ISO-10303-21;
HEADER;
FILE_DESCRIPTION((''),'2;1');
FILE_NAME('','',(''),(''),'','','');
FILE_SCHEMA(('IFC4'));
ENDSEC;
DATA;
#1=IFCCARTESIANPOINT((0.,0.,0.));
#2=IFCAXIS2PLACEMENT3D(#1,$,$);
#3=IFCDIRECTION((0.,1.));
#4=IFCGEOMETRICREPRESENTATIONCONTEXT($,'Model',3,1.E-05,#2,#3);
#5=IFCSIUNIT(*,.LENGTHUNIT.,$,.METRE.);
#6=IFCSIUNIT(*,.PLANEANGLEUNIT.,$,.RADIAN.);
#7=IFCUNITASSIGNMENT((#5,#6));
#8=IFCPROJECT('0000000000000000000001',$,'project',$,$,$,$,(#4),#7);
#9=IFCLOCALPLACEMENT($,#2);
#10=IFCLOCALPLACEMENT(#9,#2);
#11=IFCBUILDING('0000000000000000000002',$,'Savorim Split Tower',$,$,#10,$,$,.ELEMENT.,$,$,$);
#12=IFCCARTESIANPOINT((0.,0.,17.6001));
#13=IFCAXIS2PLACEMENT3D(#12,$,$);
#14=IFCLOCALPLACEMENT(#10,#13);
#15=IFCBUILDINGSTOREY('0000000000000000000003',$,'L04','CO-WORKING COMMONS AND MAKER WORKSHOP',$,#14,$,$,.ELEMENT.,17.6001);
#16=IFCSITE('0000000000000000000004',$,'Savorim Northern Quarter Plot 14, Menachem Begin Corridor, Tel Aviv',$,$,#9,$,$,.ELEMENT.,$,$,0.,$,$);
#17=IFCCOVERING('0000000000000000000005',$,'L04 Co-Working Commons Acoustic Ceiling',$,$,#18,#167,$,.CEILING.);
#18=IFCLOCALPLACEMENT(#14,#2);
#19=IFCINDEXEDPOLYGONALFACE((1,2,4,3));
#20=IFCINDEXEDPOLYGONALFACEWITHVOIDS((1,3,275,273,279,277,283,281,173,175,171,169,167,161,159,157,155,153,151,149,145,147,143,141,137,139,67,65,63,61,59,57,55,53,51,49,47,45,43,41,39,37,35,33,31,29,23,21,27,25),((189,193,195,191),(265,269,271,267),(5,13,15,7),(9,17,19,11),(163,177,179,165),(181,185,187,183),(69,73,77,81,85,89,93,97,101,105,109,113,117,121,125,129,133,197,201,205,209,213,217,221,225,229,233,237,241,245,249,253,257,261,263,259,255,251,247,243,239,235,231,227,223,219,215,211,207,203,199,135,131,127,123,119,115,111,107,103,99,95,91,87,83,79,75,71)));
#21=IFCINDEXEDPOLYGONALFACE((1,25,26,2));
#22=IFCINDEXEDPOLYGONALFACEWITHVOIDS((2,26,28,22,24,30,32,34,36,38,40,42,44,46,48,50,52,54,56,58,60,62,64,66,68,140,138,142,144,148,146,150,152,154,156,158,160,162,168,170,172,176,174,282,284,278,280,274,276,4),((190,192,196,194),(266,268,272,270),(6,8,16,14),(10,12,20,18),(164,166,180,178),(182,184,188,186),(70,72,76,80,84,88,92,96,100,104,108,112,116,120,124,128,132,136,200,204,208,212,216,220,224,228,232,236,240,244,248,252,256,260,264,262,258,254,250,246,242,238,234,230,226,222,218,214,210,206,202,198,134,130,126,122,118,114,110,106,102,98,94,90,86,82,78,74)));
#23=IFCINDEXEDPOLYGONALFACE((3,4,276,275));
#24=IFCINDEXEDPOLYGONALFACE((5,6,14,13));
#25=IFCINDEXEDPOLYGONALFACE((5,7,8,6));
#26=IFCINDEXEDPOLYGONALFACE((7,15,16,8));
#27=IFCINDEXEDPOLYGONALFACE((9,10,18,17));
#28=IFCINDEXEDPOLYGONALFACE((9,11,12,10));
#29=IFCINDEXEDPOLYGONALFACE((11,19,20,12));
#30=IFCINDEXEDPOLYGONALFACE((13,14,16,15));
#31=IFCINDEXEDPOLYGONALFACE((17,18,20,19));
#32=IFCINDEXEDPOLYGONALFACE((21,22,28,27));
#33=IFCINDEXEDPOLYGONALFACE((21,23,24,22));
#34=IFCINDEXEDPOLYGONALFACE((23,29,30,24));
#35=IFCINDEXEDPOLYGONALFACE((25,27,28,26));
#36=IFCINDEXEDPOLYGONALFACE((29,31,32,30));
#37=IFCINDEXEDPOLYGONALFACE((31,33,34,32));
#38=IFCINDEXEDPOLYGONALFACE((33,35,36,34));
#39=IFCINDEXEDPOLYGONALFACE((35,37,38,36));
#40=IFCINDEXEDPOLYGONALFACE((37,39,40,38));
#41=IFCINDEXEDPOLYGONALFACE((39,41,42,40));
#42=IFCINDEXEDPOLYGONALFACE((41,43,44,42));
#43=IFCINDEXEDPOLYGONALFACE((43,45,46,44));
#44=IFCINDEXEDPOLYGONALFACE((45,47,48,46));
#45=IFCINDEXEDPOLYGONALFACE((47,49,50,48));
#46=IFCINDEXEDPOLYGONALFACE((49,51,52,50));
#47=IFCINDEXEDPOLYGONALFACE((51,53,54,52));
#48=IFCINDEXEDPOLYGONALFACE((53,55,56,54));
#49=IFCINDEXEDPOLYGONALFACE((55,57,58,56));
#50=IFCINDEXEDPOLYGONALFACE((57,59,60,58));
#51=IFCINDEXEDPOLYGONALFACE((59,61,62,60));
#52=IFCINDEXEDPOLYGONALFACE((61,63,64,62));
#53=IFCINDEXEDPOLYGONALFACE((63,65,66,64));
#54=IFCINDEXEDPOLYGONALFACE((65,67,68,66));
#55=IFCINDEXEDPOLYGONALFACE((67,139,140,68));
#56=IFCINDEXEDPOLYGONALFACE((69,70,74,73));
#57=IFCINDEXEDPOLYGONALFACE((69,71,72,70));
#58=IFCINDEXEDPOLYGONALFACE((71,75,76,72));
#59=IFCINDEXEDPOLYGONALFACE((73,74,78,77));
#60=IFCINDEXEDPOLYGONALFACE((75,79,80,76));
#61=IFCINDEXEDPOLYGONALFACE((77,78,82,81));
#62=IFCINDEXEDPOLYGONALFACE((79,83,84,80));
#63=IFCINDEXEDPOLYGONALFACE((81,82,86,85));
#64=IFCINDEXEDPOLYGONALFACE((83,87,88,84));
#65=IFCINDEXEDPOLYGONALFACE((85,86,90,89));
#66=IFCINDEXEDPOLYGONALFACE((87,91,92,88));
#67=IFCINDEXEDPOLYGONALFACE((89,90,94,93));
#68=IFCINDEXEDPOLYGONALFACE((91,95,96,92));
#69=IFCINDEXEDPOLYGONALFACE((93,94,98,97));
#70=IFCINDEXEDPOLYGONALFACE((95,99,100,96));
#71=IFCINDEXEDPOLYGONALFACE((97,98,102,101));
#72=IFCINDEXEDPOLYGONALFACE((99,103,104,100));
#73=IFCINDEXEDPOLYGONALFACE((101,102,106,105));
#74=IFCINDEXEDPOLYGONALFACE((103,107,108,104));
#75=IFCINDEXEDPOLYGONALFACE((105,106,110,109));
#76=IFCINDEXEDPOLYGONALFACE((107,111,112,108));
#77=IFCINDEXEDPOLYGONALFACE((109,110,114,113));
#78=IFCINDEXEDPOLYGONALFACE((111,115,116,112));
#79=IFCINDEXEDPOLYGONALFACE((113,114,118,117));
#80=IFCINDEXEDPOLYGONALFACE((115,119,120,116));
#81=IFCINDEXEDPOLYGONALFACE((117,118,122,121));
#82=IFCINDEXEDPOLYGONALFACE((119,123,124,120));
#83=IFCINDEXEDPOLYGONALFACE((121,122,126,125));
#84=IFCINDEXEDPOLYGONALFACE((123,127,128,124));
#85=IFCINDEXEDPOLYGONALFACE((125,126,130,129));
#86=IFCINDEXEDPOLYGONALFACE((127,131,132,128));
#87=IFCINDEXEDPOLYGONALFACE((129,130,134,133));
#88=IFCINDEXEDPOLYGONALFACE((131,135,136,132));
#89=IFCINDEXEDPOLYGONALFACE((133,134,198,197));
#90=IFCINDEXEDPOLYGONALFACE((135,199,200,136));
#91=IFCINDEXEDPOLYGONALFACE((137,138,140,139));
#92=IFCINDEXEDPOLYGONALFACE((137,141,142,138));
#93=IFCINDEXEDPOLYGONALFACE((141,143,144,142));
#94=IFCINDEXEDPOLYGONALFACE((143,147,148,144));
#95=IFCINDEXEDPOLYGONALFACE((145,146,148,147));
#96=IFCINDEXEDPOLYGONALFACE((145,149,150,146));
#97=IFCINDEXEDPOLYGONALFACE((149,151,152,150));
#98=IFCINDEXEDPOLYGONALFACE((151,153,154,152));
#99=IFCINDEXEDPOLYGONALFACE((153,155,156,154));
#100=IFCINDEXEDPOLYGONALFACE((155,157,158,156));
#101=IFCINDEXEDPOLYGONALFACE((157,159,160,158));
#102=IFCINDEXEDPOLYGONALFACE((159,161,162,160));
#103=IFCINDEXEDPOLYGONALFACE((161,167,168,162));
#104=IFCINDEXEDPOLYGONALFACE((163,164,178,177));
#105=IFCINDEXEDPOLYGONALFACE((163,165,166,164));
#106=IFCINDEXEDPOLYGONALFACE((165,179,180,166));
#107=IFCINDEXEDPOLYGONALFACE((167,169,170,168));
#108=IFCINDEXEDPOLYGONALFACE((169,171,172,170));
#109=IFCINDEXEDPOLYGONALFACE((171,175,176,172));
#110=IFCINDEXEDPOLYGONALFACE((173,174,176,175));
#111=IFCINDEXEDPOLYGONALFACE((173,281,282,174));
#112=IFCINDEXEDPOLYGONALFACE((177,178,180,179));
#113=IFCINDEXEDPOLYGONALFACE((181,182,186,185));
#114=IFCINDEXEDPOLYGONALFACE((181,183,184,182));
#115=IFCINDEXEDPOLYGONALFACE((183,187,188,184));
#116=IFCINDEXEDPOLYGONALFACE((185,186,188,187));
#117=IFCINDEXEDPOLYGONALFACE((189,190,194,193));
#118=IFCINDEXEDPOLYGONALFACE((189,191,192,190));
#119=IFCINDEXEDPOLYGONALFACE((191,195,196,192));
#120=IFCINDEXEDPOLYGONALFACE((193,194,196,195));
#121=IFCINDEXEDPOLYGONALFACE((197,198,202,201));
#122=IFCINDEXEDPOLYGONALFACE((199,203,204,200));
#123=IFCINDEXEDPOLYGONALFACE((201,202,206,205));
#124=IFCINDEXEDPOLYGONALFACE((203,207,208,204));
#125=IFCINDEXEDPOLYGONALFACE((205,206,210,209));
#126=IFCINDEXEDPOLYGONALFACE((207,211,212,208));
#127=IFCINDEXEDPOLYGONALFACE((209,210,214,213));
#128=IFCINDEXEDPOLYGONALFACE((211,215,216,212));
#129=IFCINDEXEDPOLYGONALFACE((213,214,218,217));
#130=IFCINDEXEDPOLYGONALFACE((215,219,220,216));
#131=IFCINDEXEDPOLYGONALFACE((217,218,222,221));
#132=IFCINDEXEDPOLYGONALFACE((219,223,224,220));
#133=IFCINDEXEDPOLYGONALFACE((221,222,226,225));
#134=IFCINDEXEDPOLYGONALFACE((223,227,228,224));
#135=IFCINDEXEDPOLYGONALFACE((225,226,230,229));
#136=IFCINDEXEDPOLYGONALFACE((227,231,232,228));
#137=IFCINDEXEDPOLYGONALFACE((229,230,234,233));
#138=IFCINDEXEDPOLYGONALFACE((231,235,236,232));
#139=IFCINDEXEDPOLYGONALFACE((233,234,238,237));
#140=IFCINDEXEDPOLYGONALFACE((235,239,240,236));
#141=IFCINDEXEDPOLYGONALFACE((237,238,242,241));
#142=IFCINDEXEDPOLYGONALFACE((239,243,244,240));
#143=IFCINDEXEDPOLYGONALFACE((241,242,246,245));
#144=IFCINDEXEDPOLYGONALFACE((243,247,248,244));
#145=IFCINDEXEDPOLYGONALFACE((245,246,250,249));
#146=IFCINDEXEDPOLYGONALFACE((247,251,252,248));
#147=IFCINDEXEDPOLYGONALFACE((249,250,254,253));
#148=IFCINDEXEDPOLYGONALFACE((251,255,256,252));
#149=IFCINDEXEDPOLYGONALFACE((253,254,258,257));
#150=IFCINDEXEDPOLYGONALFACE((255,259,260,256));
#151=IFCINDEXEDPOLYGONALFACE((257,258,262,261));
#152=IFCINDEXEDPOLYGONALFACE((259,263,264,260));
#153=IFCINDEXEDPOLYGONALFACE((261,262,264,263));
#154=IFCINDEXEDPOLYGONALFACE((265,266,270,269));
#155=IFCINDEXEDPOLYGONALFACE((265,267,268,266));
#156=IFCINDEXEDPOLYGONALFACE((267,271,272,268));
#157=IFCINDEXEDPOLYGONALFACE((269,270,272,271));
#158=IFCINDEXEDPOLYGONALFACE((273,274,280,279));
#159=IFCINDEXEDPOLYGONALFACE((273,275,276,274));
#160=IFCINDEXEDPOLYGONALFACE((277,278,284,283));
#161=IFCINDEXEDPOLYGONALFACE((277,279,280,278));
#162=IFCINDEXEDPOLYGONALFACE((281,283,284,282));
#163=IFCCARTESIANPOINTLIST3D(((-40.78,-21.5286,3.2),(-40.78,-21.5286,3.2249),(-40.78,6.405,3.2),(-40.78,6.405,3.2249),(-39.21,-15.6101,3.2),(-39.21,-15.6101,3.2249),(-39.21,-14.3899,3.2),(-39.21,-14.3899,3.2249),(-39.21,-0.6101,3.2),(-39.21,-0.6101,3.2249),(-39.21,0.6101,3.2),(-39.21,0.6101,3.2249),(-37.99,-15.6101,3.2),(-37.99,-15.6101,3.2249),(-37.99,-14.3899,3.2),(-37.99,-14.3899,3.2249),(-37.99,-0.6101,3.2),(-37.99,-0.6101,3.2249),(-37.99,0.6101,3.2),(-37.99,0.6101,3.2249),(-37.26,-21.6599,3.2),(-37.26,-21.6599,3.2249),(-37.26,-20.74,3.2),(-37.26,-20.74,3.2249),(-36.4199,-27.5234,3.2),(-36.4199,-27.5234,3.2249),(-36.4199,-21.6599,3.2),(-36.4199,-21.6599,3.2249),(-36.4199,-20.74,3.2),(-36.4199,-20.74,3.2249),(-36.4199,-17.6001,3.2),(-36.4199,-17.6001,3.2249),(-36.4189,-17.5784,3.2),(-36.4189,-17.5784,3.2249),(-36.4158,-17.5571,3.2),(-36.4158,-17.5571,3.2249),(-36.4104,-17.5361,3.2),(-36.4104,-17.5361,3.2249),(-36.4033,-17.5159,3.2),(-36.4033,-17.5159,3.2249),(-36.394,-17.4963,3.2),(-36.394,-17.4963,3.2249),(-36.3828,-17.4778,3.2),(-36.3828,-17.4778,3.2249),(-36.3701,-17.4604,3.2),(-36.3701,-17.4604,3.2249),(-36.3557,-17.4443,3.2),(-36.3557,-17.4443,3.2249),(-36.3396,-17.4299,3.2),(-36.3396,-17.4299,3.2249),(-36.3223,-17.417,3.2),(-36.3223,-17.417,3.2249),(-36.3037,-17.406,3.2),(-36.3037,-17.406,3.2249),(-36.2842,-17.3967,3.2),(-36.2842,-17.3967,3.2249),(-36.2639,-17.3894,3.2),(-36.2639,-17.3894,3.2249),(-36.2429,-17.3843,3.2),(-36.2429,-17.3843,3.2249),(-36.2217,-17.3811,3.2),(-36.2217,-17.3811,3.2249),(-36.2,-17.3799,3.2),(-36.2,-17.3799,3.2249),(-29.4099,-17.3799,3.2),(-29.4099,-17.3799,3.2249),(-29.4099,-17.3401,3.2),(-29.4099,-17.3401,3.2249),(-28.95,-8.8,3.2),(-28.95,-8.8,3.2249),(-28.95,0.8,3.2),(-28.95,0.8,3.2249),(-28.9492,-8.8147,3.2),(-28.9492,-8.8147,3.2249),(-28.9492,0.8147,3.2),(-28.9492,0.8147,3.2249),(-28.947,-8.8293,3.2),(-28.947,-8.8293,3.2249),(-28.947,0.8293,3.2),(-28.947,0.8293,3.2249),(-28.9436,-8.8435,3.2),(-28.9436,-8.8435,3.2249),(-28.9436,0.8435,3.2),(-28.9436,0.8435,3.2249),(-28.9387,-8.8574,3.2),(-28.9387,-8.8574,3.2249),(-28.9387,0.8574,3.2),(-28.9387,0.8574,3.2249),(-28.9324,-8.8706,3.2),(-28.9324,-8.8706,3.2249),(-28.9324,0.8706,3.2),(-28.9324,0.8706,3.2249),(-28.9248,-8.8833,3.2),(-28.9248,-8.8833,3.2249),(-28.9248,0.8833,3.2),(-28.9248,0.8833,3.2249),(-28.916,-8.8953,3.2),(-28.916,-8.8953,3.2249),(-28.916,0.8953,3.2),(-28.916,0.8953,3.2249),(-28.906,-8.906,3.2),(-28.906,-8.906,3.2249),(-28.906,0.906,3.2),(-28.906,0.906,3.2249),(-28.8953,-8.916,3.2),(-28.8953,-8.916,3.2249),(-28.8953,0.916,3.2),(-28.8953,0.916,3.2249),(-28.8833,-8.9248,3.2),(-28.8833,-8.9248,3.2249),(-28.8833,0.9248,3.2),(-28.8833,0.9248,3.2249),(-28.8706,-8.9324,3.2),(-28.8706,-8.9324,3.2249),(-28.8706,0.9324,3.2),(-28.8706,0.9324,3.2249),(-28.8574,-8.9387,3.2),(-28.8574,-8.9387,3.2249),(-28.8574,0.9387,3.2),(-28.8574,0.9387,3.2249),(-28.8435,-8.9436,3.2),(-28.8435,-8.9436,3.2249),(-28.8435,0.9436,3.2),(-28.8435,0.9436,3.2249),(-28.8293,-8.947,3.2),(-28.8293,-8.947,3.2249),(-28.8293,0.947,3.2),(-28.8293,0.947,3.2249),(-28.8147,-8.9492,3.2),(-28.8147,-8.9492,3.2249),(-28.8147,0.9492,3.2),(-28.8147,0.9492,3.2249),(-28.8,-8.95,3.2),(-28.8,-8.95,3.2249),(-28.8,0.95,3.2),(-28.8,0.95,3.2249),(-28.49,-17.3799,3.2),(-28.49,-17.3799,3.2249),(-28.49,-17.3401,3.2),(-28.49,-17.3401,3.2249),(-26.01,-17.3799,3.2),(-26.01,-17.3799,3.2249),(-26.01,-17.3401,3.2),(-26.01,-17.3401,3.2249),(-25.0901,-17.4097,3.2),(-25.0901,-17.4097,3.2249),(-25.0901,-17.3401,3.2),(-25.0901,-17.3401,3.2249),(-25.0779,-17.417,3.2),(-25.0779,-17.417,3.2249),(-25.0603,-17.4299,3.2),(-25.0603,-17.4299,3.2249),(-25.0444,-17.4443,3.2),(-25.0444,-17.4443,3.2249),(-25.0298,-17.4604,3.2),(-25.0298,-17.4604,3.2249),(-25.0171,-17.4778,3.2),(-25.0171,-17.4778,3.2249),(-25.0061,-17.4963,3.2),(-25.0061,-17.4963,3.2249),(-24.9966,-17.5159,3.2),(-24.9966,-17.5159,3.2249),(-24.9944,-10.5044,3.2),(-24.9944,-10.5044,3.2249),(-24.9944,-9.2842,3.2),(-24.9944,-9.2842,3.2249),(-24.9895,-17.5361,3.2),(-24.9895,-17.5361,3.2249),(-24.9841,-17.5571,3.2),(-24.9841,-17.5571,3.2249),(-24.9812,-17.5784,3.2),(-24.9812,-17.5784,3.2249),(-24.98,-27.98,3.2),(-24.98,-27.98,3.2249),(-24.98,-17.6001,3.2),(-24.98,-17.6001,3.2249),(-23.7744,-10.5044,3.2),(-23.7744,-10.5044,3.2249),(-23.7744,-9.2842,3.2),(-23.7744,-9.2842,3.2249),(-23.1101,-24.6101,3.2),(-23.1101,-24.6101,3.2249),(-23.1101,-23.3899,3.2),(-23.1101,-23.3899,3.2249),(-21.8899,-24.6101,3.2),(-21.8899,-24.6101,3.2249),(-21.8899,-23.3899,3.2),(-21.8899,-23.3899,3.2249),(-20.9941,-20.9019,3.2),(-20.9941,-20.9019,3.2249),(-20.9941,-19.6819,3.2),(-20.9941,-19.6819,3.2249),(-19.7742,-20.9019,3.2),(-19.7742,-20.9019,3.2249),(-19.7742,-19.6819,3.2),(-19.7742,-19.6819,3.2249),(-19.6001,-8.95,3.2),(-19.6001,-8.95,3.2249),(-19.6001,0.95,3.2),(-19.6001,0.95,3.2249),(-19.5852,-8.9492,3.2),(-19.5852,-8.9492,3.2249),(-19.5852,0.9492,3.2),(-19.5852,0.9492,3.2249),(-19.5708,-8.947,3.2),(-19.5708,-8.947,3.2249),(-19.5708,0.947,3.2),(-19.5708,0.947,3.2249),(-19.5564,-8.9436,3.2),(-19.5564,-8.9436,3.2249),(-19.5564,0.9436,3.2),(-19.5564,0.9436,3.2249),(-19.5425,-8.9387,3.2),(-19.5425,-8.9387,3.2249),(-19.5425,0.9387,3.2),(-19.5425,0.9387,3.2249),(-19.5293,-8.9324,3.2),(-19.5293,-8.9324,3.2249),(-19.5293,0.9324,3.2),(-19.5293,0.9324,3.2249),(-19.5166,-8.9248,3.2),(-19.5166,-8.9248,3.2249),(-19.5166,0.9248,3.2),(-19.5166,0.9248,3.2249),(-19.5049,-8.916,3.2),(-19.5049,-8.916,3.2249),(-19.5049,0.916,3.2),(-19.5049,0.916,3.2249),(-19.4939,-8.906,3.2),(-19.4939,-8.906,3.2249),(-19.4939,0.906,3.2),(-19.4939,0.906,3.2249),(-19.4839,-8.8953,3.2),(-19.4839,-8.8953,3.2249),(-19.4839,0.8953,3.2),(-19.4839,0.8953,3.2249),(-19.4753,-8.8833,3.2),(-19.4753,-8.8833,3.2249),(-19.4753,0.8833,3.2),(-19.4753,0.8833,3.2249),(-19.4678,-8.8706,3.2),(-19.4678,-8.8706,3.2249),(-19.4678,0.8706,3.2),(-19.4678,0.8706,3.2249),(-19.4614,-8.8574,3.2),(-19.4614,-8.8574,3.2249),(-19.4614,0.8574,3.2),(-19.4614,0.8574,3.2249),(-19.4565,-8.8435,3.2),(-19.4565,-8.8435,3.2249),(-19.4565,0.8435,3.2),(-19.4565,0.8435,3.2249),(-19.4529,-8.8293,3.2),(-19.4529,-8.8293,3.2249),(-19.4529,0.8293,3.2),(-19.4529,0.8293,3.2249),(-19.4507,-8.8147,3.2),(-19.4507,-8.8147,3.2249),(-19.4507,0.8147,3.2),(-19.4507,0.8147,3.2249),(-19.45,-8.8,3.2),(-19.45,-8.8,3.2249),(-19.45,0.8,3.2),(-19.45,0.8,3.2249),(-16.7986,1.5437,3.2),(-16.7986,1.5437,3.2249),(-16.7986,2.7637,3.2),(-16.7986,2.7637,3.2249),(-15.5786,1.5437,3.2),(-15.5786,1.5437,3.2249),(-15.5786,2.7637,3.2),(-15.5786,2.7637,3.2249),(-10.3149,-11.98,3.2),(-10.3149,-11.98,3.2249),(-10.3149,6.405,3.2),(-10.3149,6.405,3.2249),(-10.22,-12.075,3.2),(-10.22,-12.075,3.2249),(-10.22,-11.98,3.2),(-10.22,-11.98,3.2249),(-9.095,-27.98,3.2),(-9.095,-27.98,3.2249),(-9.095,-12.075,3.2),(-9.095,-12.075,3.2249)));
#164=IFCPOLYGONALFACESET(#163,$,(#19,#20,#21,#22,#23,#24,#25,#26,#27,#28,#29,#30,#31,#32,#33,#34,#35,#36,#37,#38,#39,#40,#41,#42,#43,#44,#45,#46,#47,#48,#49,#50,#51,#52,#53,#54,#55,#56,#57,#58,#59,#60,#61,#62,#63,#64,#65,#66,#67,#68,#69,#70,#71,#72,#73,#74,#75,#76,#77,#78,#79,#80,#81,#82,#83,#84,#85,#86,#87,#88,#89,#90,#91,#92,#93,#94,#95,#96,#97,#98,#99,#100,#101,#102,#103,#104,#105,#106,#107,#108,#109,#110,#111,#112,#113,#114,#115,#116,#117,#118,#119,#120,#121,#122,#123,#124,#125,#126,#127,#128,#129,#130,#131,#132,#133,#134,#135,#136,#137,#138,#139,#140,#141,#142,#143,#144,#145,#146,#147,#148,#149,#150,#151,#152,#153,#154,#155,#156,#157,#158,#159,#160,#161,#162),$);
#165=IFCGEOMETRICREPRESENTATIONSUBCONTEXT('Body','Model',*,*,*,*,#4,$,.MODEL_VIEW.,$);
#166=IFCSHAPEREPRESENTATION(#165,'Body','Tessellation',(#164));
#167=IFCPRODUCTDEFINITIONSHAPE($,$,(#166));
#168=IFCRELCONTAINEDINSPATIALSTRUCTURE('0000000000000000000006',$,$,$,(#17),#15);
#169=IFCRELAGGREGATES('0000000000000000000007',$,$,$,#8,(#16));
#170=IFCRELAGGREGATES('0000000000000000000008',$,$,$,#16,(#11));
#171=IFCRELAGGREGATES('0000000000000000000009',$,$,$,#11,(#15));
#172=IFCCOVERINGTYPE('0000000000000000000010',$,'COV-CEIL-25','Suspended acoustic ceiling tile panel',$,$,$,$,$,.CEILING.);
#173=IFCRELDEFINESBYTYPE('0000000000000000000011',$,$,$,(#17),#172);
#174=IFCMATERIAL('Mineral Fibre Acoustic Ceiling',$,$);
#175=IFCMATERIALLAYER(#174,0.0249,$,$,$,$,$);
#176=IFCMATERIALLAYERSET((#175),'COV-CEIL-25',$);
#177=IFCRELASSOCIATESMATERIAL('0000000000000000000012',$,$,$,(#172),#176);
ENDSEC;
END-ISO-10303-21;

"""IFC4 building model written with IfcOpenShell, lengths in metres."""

from ifc_helpers import new_model, si_unit, direction, frame, origin, place, context, subcontext, project, spatial, polyline, outline, extrude, material, layer, layer_set, type_object, element, save


model = new_model("IFC4")

# Units and contexts
model_context = context("Model", 3, precision=1e-05, world=origin(), true_north=direction((0.0, 1.0)))
body_context = subcontext(model_context, "Body", "Model", "MODEL_VIEW")
ifc_project = project(units=[si_unit("LENGTHUNIT", "METRE"), si_unit("PLANEANGLEUNIT", "RADIAN")], contexts=[model_context])

# Site, building, storey
site_placement = place(None, origin())
site = spatial("IfcSite", under=ifc_project, at=site_placement, Name="Savorim Northern Quarter Plot 14, Menachem Begin Corridor, Tel Aviv", CompositionType="ELEMENT", RefElevation=0.0)
building_placement = place(site_placement, origin())
building = spatial("IfcBuilding", under=site, at=building_placement, Name="Savorim Split Tower", CompositionType="ELEMENT")
storey_placement = place(building_placement, frame((0.0, 0.0, 17.6001)))
storey = spatial("IfcBuildingStorey", under=building, at=storey_placement, Name="L04", Description="CO-WORKING COMMONS AND MAKER WORKSHOP", CompositionType="ELEMENT", Elevation=17.6001)

# Covering
ifc_material_1 = material(Name="Mineral Fibre Acoustic Ceiling")
ifc_layer_1 = layer(ifc_material_1, 0.0249)
ifc_layer_set_1 = layer_set([ifc_layer_1], Name="COV-CEIL-25")
covering_type_1 = type_object("IfcCoveringType", Name="COV-CEIL-25", Description="Suspended acoustic ceiling tile panel", PredefinedType="CEILING", material=ifc_layer_set_1)
covering_1_placement = place(storey_placement, frame((0.0, 0.0, 3.2)))
element("IfcCovering", 1, at=covering_1_placement, inside=storey, type_object=covering_type_1, Name="L04 Co-Working Commons Acoustic Ceiling", PredefinedType="CEILING", context=body_context, shape_type="SweptSolid", body=[
    extrude(outline(polyline([(-10.3149, 6.405), (-40.78, 6.405), (-40.78, -21.5286), (-36.4199, -27.5234), (-36.4199, -21.6599), (-37.26, -21.6599), (-37.26, -20.74), (-36.4199, -20.74), (-36.4199, -17.6001), (-36.4189, -17.5784), (-36.4158, -17.5571), (-36.4104, -17.5361), (-36.4033, -17.5159), (-36.394, -17.4963), (-36.3828, -17.4778), (-36.3701, -17.4604), (-36.3557, -17.4443), (-36.3396, -17.4299), (-36.3223, -17.417), (-36.3037, -17.406), (-36.2842, -17.3967), (-36.2639, -17.3894), (-36.2429, -17.3843), (-36.2217, -17.3811), (-36.2, -17.3799), (-29.4099, -17.3799), (-29.4099, -17.3401), (-28.49, -17.3401), (-28.49, -17.3799), (-26.01, -17.3799), (-26.01, -17.3401), (-25.0901, -17.3401), (-25.0901, -17.4097), (-25.0779, -17.417), (-25.0603, -17.4299), (-25.0444, -17.4443), (-25.0298, -17.4604), (-25.0171, -17.4778), (-25.0061, -17.4963), (-24.9966, -17.5159), (-24.9895, -17.5361), (-24.9841, -17.5571), (-24.9812, -17.5784), (-24.98, -17.6001), (-24.98, -27.98), (-9.095, -27.98), (-9.095, -12.075), (-10.22, -12.075), (-10.22, -11.98), (-10.3149, -11.98), (-10.3149, 6.405)]), holes=[polyline([(-28.947, -8.8293), (-28.9436, -8.8435), (-28.9387, -8.8574), (-28.9324, -8.8706), (-28.9248, -8.8833), (-28.916, -8.8953), (-28.906, -8.906), (-28.8953, -8.916), (-28.8833, -8.9248), (-28.8706, -8.9324), (-28.8574, -8.9387), (-28.8435, -8.9436), (-28.8293, -8.947), (-28.8147, -8.9492), (-28.8, -8.95), (-19.6001, -8.95), (-19.5852, -8.9492), (-19.5708, -8.947), (-19.5564, -8.9436), (-19.5425, -8.9387), (-19.5293, -8.9324), (-19.5166, -8.9248), (-19.5049, -8.916), (-19.4939, -8.906), (-19.4839, -8.8953), (-19.4753, -8.8833), (-19.4678, -8.8706), (-19.4614, -8.8574), (-19.4565, -8.8435), (-19.4529, -8.8293), (-19.4507, -8.8147), (-19.45, -8.8), (-19.45, 0.8), (-19.4507, 0.8147), (-19.4529, 0.8293), (-19.4565, 0.8435), (-19.4614, 0.8574), (-19.4678, 0.8706), (-19.4753, 0.8833), (-19.4839, 0.8953), (-19.4939, 0.906), (-19.5049, 0.916), (-19.5166, 0.9248), (-19.5293, 0.9324), (-19.5425, 0.9387), (-19.5564, 0.9436), (-19.5708, 0.947), (-19.5852, 0.9492), (-19.6001, 0.95), (-28.8, 0.95), (-28.8147, 0.9492), (-28.8293, 0.947), (-28.8435, 0.9436), (-28.8574, 0.9387), (-28.8706, 0.9324), (-28.8833, 0.9248), (-28.8953, 0.916), (-28.906, 0.906), (-28.916, 0.8953), (-28.9248, 0.8833), (-28.9324, 0.8706), (-28.9387, 0.8574), (-28.9436, 0.8435), (-28.947, 0.8293), (-28.9492, 0.8147), (-28.95, 0.8), (-28.95, -8.8), (-28.9492, -8.8147), (-28.947, -8.8293)]), polyline([(-37.99, 0.6101), (-39.21, 0.6101), (-39.21, -0.6101), (-37.99, -0.6101), (-37.99, 0.6101)]), polyline([(-39.21, -14.3899), (-39.21, -15.6101), (-37.99, -15.6101), (-37.99, -14.3899), (-39.21, -14.3899)]), polyline([(-23.1101, -24.6101), (-21.8899, -24.6101), (-21.8899, -23.3899), (-23.1101, -23.3899), (-23.1101, -24.6101)]), polyline([(-19.7742, -20.9019), (-19.7742, -19.6819), (-20.9941, -19.6819), (-20.9941, -20.9019), (-19.7742, -20.9019)]), polyline([(-15.5786, 1.5437), (-15.5786, 2.7637), (-16.7986, 2.7637), (-16.7986, 1.5437), (-15.5786, 1.5437)]), polyline([(-23.7744, -9.2842), (-24.9944, -9.2842), (-24.9944, -10.5044), (-23.7744, -10.5044), (-23.7744, -9.2842)])]), origin(), (0.0, 0.0, 1.0), 0.0249),
])

save(model, "model.ifc")
